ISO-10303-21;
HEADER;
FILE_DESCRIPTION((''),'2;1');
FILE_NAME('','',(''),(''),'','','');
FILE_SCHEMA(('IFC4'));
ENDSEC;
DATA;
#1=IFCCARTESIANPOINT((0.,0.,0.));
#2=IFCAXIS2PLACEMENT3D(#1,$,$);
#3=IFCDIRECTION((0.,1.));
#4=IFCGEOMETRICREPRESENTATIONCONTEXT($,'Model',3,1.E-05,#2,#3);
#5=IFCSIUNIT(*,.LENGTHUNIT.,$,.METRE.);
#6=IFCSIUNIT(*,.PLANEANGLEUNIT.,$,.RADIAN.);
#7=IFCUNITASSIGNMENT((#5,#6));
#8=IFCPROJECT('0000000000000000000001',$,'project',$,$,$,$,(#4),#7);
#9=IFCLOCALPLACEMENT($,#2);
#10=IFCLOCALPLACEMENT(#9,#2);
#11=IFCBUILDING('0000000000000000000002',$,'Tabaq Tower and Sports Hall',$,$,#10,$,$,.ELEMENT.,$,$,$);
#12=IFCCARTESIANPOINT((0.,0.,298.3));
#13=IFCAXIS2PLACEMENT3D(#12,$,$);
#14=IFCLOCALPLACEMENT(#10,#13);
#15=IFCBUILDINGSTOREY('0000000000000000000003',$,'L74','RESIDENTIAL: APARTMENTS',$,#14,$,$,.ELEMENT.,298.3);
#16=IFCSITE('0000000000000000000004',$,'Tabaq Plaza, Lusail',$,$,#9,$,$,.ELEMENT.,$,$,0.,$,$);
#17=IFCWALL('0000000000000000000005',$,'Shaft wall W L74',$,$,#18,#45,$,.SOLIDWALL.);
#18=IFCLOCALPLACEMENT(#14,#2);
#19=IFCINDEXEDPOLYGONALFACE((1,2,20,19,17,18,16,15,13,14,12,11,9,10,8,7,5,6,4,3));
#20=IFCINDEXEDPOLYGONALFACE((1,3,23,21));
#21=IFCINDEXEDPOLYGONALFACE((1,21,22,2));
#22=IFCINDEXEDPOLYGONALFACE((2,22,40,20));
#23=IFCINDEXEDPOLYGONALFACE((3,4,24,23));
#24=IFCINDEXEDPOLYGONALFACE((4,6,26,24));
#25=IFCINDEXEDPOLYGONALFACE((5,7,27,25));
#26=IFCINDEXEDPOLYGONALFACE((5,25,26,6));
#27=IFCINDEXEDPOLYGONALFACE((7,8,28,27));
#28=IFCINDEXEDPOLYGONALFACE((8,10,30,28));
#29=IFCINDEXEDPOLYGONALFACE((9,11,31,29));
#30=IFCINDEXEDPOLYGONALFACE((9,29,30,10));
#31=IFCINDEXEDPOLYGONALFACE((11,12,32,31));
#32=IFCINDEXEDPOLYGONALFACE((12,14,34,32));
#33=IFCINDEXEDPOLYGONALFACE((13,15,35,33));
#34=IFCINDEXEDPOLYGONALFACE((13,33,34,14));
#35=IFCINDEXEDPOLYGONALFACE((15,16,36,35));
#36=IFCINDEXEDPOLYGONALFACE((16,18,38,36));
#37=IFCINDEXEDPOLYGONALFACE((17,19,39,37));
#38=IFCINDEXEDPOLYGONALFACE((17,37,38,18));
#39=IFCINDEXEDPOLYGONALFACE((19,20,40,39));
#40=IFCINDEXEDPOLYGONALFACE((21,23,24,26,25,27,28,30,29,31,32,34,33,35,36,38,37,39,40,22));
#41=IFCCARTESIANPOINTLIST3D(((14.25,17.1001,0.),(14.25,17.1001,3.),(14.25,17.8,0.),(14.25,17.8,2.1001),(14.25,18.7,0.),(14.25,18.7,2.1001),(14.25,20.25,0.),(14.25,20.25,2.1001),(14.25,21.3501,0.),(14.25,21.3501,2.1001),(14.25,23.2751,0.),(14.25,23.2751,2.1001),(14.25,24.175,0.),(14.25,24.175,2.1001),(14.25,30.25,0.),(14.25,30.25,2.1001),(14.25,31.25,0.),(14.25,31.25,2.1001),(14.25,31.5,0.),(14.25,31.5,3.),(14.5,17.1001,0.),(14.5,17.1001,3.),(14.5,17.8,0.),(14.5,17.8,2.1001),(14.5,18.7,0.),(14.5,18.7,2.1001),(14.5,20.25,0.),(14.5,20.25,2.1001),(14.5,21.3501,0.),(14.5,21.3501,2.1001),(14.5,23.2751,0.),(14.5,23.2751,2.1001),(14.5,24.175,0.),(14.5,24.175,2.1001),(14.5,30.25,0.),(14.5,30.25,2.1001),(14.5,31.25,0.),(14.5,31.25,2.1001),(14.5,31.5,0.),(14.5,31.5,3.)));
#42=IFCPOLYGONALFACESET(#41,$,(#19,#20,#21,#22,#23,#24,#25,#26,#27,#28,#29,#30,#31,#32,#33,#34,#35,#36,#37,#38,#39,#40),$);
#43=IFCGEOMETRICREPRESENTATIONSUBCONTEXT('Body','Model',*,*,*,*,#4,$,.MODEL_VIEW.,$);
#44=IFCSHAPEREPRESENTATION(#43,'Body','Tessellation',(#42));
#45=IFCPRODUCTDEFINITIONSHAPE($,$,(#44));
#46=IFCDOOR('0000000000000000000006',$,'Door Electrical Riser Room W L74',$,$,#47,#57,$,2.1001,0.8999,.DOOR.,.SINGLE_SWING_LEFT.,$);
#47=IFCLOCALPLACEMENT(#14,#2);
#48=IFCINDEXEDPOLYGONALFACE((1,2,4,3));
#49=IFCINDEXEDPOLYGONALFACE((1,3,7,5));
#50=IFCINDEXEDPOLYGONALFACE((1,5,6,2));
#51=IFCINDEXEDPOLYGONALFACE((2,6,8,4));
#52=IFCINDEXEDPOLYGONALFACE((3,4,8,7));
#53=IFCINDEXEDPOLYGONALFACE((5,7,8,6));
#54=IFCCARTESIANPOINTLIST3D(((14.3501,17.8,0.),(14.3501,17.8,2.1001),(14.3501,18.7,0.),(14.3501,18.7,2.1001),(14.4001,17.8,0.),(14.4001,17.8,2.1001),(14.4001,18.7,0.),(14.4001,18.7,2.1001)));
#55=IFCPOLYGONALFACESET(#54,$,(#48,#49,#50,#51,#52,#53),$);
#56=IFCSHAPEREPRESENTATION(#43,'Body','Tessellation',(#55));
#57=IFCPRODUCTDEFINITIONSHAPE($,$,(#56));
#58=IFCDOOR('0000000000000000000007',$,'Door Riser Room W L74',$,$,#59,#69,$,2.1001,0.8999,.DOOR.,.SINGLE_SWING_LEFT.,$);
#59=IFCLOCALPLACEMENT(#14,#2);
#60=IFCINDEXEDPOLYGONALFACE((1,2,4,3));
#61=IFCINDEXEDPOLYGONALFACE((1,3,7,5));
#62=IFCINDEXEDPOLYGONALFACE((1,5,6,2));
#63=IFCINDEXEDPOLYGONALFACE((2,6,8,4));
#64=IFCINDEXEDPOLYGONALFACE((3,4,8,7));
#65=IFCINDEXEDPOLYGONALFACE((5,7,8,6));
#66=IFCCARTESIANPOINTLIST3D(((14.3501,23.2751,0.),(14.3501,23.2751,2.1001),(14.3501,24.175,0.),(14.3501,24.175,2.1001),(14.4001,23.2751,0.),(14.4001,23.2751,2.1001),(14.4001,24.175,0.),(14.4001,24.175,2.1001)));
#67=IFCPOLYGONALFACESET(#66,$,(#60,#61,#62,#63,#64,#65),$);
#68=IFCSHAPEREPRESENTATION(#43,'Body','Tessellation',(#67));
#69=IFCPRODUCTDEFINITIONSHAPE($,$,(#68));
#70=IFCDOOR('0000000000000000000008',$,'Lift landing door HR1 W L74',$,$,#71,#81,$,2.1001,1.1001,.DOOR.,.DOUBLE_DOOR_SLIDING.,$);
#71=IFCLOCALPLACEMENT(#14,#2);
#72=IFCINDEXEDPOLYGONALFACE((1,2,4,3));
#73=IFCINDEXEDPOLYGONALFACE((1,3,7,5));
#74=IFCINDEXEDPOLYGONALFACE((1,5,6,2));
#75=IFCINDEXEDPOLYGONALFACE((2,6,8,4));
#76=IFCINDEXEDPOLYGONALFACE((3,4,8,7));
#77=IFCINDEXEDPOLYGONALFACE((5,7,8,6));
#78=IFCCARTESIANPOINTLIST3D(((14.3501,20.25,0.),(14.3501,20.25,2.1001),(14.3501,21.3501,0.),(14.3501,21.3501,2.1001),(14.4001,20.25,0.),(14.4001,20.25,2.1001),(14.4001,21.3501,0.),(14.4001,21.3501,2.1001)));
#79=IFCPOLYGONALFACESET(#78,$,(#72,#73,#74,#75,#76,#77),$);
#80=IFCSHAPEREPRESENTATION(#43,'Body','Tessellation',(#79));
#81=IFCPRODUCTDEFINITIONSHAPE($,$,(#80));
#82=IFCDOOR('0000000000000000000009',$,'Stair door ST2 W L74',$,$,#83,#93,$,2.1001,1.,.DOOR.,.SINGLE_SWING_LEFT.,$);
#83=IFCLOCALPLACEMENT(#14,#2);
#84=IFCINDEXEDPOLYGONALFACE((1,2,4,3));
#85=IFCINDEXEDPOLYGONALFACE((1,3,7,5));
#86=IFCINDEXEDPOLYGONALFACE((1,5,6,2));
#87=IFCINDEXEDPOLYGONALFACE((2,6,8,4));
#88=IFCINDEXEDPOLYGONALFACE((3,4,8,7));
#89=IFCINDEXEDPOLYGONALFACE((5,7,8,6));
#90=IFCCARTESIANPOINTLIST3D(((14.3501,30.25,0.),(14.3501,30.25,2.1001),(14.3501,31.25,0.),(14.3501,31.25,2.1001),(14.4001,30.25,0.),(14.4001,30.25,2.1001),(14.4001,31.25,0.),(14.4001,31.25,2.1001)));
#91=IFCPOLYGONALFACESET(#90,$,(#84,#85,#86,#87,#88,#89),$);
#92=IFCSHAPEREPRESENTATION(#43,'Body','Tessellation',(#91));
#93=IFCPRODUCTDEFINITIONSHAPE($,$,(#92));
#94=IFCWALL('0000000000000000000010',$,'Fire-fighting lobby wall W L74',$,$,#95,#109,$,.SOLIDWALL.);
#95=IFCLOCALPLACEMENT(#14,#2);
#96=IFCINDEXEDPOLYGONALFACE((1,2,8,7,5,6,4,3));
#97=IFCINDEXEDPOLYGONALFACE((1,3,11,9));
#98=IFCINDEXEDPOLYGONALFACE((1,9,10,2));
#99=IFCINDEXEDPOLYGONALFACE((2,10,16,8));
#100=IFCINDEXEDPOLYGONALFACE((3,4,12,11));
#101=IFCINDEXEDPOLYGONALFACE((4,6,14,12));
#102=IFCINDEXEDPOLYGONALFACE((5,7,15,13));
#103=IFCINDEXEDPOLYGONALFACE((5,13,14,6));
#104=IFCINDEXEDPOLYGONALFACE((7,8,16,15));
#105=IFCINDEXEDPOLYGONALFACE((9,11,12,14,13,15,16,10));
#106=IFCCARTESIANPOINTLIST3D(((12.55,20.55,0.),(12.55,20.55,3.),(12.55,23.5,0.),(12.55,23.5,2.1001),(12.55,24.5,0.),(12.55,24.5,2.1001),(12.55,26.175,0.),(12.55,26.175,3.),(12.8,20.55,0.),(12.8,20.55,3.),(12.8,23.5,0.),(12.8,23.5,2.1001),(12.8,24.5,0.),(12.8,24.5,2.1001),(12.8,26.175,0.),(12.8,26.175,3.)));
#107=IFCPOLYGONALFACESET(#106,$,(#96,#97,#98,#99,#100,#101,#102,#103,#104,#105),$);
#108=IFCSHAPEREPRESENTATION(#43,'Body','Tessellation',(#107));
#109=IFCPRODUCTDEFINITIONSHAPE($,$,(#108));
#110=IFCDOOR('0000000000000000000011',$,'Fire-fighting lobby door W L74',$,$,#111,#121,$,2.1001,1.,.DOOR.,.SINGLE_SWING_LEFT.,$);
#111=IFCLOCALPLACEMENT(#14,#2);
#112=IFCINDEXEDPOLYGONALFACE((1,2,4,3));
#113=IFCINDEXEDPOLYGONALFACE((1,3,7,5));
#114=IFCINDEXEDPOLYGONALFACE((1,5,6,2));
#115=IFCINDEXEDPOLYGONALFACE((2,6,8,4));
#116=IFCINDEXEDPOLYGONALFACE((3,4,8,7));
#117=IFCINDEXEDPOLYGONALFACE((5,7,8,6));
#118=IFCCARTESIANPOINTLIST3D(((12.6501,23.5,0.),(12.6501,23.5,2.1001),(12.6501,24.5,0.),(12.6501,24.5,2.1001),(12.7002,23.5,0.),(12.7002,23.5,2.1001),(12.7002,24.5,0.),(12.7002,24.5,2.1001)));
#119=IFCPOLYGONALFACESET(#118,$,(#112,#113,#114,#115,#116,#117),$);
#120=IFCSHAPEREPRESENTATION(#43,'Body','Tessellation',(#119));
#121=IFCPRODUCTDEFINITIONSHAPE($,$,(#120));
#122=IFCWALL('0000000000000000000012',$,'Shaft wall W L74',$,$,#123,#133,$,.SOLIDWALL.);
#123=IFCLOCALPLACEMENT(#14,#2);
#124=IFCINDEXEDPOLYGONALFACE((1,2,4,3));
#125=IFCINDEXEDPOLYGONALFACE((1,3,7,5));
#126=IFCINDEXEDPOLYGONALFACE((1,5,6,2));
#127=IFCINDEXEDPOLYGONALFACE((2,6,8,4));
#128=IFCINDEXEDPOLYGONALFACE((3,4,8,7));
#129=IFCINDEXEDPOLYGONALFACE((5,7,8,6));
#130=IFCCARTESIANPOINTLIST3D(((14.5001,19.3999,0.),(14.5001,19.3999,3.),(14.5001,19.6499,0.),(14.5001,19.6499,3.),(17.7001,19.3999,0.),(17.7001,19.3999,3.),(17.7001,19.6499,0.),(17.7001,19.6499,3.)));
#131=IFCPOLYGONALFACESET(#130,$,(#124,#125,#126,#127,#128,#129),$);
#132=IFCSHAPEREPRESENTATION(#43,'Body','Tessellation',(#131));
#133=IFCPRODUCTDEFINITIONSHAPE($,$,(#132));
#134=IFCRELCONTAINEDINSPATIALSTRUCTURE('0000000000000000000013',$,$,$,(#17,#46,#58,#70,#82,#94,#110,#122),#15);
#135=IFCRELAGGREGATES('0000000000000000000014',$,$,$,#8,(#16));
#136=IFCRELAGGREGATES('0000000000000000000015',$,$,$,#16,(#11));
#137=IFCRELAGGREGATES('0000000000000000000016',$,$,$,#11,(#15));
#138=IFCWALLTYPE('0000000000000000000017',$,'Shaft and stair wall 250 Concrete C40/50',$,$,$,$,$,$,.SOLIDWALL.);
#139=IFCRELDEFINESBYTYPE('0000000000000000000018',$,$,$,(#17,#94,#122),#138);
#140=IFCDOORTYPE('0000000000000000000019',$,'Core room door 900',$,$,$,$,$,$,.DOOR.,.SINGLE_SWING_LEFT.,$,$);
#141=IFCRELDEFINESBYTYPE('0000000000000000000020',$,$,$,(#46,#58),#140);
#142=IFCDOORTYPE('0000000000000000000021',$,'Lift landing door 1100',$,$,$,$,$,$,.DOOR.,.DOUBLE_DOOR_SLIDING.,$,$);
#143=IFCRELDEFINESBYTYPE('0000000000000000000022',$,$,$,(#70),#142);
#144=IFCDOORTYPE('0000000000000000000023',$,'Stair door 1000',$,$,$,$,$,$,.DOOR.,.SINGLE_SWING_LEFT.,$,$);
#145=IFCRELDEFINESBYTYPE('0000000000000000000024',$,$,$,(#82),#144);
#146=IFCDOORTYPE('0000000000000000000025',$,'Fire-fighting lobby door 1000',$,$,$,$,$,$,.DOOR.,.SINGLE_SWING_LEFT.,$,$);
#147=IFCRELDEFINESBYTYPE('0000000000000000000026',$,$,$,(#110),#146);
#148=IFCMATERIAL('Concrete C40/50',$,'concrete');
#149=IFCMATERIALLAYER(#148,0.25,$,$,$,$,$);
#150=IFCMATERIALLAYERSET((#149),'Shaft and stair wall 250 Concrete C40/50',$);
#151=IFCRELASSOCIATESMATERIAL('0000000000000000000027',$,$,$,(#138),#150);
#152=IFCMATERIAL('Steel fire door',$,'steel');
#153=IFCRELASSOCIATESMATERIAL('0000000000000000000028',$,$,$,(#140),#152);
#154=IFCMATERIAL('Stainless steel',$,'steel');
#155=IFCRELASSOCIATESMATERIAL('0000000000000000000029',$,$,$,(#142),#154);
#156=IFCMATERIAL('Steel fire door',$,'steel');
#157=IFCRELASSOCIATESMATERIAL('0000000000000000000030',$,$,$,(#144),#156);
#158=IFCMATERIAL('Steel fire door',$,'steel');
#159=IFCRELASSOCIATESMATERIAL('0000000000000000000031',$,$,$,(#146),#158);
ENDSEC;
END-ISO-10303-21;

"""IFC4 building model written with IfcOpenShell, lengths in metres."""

from ifc_helpers import new_model, si_unit, direction, frame, frame_2d, origin, place, context, subcontext, project, spatial, rectangle, extrude, material, layer, layer_set, type_object, element, fill, save


model = new_model("IFC4")

# Units and contexts
model_context = context("Model", 3, precision=1e-05, world=origin(), true_north=direction((0.0, 1.0)))
body_context = subcontext(model_context, "Body", "Model", "MODEL_VIEW")
ifc_project = project(units=[si_unit("LENGTHUNIT", "METRE"), si_unit("PLANEANGLEUNIT", "RADIAN")], contexts=[model_context])

# Site, building, storey
site_placement = place(None, origin())
site = spatial("IfcSite", under=ifc_project, at=site_placement, Name="Tabaq Plaza, Lusail", CompositionType="ELEMENT", RefElevation=0.0)
building_placement = place(site_placement, origin())
building = spatial("IfcBuilding", under=site, at=building_placement, Name="Tabaq Tower and Sports Hall", CompositionType="ELEMENT")
storey_placement = place(building_placement, frame((0.0, 0.0, 298.3)))
storey = spatial("IfcBuildingStorey", under=building, at=storey_placement, Name="L74", Description="RESIDENTIAL: APARTMENTS", CompositionType="ELEMENT", Elevation=298.3)

# Wall, openings, doors
ifc_material_1 = material(Name="Concrete C40/50", Category="concrete")
ifc_layer_1 = layer(ifc_material_1, 0.25)
ifc_layer_set_1 = layer_set([ifc_layer_1], Name="Shaft and stair wall 250 Concrete C40/50")
wall_type_1 = type_object("IfcWallType", Name="Shaft and stair wall 250 Concrete C40/50", PredefinedType="SOLIDWALL", material=ifc_layer_set_1)
wall_1_placement = place(storey_placement, frame((14.375, 17.1001, 0.0), z_axis=(0.0, 0.0, 1.0), x_axis=(0.0, 1.0, 0.0)))
wall_1 = element("IfcWall", 1, at=wall_1_placement, inside=storey, type_object=wall_type_1, Name="Shaft wall W L74", PredefinedType="SOLIDWALL", context=body_context, shape_type="SweptSolid", body=[
    extrude(rectangle(XDim=14.3999, YDim=0.25, at=frame_2d((7.2, 0.0))), origin(), (0.0, 0.0, 1.0), 3.0),
])
opening_1_placement = place(wall_1_placement, frame((13.1499, 0.0, 0.0)))
opening_1 = element("IfcOpeningElement", 2, at=opening_1_placement, cuts=wall_1, PredefinedType="OPENING", context=body_context, shape_type="SweptSolid", body=[
    extrude(rectangle(XDim=1.0, YDim=2.1001, at=frame_2d((0.5, 1.05))), frame((0.0, 0.125, 0.0), z_axis=(0.0, -1.0, 0.0), x_axis=(1.0, 0.0, 0.0)), (0.0, 0.0, 1.0), 0.25),
])
opening_2_placement = place(wall_1_placement, frame((3.1499, 0.0, 0.0)))
opening_2 = element("IfcOpeningElement", 3, at=opening_2_placement, cuts=wall_1, PredefinedType="OPENING", context=body_context, shape_type="SweptSolid", body=[
    extrude(rectangle(XDim=1.1001, YDim=2.1001, at=frame_2d((0.55, 1.05))), frame((0.0, 0.125, 0.0), z_axis=(0.0, -1.0, 0.0), x_axis=(1.0, 0.0, 0.0)), (0.0, 0.0, 1.0), 0.25),
])
opening_3_placement = place(wall_1_placement, frame((0.7, 0.0, 0.0)))
opening_3 = element("IfcOpeningElement", 4, at=opening_3_placement, cuts=wall_1, PredefinedType="OPENING", context=body_context, shape_type="SweptSolid", body=[
    extrude(rectangle(XDim=0.8999, YDim=2.1001, at=frame_2d((0.45, 1.05))), frame((0.0, 0.125, 0.0), z_axis=(0.0, -1.0, 0.0), x_axis=(1.0, 0.0, 0.0)), (0.0, 0.0, 1.0), 0.25),
])
opening_4_placement = place(wall_1_placement, frame((6.175, 0.0, 0.0)))
opening_4 = element("IfcOpeningElement", 5, at=opening_4_placement, cuts=wall_1, PredefinedType="OPENING", context=body_context, shape_type="SweptSolid", body=[
    extrude(rectangle(XDim=0.8999, YDim=2.1001, at=frame_2d((0.45, 1.05))), frame((0.0, 0.125, 0.0), z_axis=(0.0, -1.0, 0.0), x_axis=(1.0, 0.0, 0.0)), (0.0, 0.0, 1.0), 0.25),
])
ifc_material_2 = material(Name="Steel fire door", Category="steel")
door_type_1 = type_object("IfcDoorType", Name="Core room door 900", OperationType="SINGLE_SWING_LEFT", PredefinedType="DOOR", material=ifc_material_2)
door_1_placement = place(opening_3_placement, origin())
door_1 = element("IfcDoor", 6, at=door_1_placement, inside=storey, type_object=door_type_1, Name="Door Electrical Riser Room W L74", OperationType="SINGLE_SWING_LEFT", OverallHeight=2.1001, OverallWidth=0.8999, PredefinedType="DOOR", context=body_context, shape_type="SweptSolid", body=[
    extrude(rectangle(XDim=0.8999, YDim=2.1001, at=frame_2d((0.45, 1.05))), frame((0.0, 0.0249, 0.0), z_axis=(0.0, -1.0, 0.0), x_axis=(1.0, 0.0, 0.0)), (0.0, 0.0, 1.0), 0.05),
])
fill(opening_3, door_1)
door_2_placement = place(opening_4_placement, origin())
door_2 = element("IfcDoor", 7, at=door_2_placement, inside=storey, type_object=door_type_1, Name="Door Riser Room W L74", OperationType="SINGLE_SWING_LEFT", OverallHeight=2.1001, OverallWidth=0.8999, PredefinedType="DOOR", context=body_context, shape_type="SweptSolid", body=[
    extrude(rectangle(XDim=0.8999, YDim=2.1001, at=frame_2d((0.45, 1.05))), frame((0.0, 0.0249, 0.0), z_axis=(0.0, -1.0, 0.0), x_axis=(1.0, 0.0, 0.0)), (0.0, 0.0, 1.0), 0.05),
])
fill(opening_4, door_2)
ifc_material_3 = material(Name="Stainless steel", Category="steel")
door_type_2 = type_object("IfcDoorType", Name="Lift landing door 1100", OperationType="DOUBLE_DOOR_SLIDING", PredefinedType="DOOR", material=ifc_material_3)
door_3_placement = place(opening_2_placement, origin())
door_3 = element("IfcDoor", 8, at=door_3_placement, inside=storey, type_object=door_type_2, Name="Lift landing door HR1 W L74", OperationType="DOUBLE_DOOR_SLIDING", OverallHeight=2.1001, OverallWidth=1.1001, PredefinedType="DOOR", context=body_context, shape_type="SweptSolid", body=[
    extrude(rectangle(XDim=1.1001, YDim=2.1001, at=frame_2d((0.55, 1.05))), frame((0.0, 0.0249, 0.0), z_axis=(0.0, -1.0, 0.0), x_axis=(1.0, 0.0, 0.0)), (0.0, 0.0, 1.0), 0.05),
])
fill(opening_2, door_3)
ifc_material_4 = material(Name="Steel fire door", Category="steel")
door_type_3 = type_object("IfcDoorType", Name="Stair door 1000", OperationType="SINGLE_SWING_LEFT", PredefinedType="DOOR", material=ifc_material_4)
door_4_placement = place(opening_1_placement, origin())
door_4 = element("IfcDoor", 9, at=door_4_placement, inside=storey, type_object=door_type_3, Name="Stair door ST2 W L74", OperationType="SINGLE_SWING_LEFT", OverallHeight=2.1001, OverallWidth=1.0, PredefinedType="DOOR", context=body_context, shape_type="SweptSolid", body=[
    extrude(rectangle(XDim=1.0, YDim=2.1001, at=frame_2d((0.5, 1.05))), frame((0.0, 0.0249, 0.0), z_axis=(0.0, -1.0, 0.0), x_axis=(1.0, 0.0, 0.0)), (0.0, 0.0, 1.0), 0.05),
])
fill(opening_1, door_4)

# Wall, opening, door
wall_2_placement = place(storey_placement, frame((12.675, 20.55, 0.0), z_axis=(0.0, 0.0, 1.0), x_axis=(0.0, 1.0, 0.0)))
wall_2 = element("IfcWall", 10, at=wall_2_placement, inside=storey, type_object=wall_type_1, Name="Fire-fighting lobby wall W L74", PredefinedType="SOLIDWALL", context=body_context, shape_type="SweptSolid", body=[
    extrude(rectangle(XDim=5.625, YDim=0.25, at=frame_2d((2.8125, 0.0))), origin(), (0.0, 0.0, 1.0), 3.0),
])
opening_5_placement = place(wall_2_placement, frame((2.95, 0.0, 0.0)))
opening_5 = element("IfcOpeningElement", 11, at=opening_5_placement, cuts=wall_2, PredefinedType="OPENING", context=body_context, shape_type="SweptSolid", body=[
    extrude(rectangle(XDim=1.0, YDim=2.1001, at=frame_2d((0.5, 1.05))), frame((0.0, 0.125, 0.0), z_axis=(0.0, -1.0, 0.0), x_axis=(1.0, 0.0, 0.0)), (0.0, 0.0, 1.0), 0.25),
])
ifc_material_5 = material(Name="Steel fire door", Category="steel")
door_type_4 = type_object("IfcDoorType", Name="Fire-fighting lobby door 1000", OperationType="SINGLE_SWING_LEFT", PredefinedType="DOOR", material=ifc_material_5)
door_5_placement = place(opening_5_placement, origin())
door_5 = element("IfcDoor", 12, at=door_5_placement, inside=storey, type_object=door_type_4, Name="Fire-fighting lobby door W L74", OperationType="SINGLE_SWING_LEFT", OverallHeight=2.1001, OverallWidth=1.0, PredefinedType="DOOR", context=body_context, shape_type="SweptSolid", body=[
    extrude(rectangle(XDim=1.0, YDim=2.1001, at=frame_2d((0.5, 1.05))), frame((0.0, 0.0249, 0.0), z_axis=(0.0, -1.0, 0.0), x_axis=(1.0, 0.0, 0.0)), (0.0, 0.0, 1.0), 0.05),
])
fill(opening_5, door_5)

# Wall
wall_3_placement = place(storey_placement, frame((14.5, 19.5249, 0.0), z_axis=(0.0, 0.0, 1.0), x_axis=(1.0, 0.0, 0.0)))
element("IfcWall", 13, at=wall_3_placement, inside=storey, type_object=wall_type_1, Name="Shaft wall W L74", PredefinedType="SOLIDWALL", context=body_context, shape_type="SweptSolid", body=[
    extrude(rectangle(XDim=3.2, YDim=0.25, at=frame_2d((1.6001, 0.0))), origin(), (0.0, 0.0, 1.0), 3.0),
])

save(model, "model.ifc")
